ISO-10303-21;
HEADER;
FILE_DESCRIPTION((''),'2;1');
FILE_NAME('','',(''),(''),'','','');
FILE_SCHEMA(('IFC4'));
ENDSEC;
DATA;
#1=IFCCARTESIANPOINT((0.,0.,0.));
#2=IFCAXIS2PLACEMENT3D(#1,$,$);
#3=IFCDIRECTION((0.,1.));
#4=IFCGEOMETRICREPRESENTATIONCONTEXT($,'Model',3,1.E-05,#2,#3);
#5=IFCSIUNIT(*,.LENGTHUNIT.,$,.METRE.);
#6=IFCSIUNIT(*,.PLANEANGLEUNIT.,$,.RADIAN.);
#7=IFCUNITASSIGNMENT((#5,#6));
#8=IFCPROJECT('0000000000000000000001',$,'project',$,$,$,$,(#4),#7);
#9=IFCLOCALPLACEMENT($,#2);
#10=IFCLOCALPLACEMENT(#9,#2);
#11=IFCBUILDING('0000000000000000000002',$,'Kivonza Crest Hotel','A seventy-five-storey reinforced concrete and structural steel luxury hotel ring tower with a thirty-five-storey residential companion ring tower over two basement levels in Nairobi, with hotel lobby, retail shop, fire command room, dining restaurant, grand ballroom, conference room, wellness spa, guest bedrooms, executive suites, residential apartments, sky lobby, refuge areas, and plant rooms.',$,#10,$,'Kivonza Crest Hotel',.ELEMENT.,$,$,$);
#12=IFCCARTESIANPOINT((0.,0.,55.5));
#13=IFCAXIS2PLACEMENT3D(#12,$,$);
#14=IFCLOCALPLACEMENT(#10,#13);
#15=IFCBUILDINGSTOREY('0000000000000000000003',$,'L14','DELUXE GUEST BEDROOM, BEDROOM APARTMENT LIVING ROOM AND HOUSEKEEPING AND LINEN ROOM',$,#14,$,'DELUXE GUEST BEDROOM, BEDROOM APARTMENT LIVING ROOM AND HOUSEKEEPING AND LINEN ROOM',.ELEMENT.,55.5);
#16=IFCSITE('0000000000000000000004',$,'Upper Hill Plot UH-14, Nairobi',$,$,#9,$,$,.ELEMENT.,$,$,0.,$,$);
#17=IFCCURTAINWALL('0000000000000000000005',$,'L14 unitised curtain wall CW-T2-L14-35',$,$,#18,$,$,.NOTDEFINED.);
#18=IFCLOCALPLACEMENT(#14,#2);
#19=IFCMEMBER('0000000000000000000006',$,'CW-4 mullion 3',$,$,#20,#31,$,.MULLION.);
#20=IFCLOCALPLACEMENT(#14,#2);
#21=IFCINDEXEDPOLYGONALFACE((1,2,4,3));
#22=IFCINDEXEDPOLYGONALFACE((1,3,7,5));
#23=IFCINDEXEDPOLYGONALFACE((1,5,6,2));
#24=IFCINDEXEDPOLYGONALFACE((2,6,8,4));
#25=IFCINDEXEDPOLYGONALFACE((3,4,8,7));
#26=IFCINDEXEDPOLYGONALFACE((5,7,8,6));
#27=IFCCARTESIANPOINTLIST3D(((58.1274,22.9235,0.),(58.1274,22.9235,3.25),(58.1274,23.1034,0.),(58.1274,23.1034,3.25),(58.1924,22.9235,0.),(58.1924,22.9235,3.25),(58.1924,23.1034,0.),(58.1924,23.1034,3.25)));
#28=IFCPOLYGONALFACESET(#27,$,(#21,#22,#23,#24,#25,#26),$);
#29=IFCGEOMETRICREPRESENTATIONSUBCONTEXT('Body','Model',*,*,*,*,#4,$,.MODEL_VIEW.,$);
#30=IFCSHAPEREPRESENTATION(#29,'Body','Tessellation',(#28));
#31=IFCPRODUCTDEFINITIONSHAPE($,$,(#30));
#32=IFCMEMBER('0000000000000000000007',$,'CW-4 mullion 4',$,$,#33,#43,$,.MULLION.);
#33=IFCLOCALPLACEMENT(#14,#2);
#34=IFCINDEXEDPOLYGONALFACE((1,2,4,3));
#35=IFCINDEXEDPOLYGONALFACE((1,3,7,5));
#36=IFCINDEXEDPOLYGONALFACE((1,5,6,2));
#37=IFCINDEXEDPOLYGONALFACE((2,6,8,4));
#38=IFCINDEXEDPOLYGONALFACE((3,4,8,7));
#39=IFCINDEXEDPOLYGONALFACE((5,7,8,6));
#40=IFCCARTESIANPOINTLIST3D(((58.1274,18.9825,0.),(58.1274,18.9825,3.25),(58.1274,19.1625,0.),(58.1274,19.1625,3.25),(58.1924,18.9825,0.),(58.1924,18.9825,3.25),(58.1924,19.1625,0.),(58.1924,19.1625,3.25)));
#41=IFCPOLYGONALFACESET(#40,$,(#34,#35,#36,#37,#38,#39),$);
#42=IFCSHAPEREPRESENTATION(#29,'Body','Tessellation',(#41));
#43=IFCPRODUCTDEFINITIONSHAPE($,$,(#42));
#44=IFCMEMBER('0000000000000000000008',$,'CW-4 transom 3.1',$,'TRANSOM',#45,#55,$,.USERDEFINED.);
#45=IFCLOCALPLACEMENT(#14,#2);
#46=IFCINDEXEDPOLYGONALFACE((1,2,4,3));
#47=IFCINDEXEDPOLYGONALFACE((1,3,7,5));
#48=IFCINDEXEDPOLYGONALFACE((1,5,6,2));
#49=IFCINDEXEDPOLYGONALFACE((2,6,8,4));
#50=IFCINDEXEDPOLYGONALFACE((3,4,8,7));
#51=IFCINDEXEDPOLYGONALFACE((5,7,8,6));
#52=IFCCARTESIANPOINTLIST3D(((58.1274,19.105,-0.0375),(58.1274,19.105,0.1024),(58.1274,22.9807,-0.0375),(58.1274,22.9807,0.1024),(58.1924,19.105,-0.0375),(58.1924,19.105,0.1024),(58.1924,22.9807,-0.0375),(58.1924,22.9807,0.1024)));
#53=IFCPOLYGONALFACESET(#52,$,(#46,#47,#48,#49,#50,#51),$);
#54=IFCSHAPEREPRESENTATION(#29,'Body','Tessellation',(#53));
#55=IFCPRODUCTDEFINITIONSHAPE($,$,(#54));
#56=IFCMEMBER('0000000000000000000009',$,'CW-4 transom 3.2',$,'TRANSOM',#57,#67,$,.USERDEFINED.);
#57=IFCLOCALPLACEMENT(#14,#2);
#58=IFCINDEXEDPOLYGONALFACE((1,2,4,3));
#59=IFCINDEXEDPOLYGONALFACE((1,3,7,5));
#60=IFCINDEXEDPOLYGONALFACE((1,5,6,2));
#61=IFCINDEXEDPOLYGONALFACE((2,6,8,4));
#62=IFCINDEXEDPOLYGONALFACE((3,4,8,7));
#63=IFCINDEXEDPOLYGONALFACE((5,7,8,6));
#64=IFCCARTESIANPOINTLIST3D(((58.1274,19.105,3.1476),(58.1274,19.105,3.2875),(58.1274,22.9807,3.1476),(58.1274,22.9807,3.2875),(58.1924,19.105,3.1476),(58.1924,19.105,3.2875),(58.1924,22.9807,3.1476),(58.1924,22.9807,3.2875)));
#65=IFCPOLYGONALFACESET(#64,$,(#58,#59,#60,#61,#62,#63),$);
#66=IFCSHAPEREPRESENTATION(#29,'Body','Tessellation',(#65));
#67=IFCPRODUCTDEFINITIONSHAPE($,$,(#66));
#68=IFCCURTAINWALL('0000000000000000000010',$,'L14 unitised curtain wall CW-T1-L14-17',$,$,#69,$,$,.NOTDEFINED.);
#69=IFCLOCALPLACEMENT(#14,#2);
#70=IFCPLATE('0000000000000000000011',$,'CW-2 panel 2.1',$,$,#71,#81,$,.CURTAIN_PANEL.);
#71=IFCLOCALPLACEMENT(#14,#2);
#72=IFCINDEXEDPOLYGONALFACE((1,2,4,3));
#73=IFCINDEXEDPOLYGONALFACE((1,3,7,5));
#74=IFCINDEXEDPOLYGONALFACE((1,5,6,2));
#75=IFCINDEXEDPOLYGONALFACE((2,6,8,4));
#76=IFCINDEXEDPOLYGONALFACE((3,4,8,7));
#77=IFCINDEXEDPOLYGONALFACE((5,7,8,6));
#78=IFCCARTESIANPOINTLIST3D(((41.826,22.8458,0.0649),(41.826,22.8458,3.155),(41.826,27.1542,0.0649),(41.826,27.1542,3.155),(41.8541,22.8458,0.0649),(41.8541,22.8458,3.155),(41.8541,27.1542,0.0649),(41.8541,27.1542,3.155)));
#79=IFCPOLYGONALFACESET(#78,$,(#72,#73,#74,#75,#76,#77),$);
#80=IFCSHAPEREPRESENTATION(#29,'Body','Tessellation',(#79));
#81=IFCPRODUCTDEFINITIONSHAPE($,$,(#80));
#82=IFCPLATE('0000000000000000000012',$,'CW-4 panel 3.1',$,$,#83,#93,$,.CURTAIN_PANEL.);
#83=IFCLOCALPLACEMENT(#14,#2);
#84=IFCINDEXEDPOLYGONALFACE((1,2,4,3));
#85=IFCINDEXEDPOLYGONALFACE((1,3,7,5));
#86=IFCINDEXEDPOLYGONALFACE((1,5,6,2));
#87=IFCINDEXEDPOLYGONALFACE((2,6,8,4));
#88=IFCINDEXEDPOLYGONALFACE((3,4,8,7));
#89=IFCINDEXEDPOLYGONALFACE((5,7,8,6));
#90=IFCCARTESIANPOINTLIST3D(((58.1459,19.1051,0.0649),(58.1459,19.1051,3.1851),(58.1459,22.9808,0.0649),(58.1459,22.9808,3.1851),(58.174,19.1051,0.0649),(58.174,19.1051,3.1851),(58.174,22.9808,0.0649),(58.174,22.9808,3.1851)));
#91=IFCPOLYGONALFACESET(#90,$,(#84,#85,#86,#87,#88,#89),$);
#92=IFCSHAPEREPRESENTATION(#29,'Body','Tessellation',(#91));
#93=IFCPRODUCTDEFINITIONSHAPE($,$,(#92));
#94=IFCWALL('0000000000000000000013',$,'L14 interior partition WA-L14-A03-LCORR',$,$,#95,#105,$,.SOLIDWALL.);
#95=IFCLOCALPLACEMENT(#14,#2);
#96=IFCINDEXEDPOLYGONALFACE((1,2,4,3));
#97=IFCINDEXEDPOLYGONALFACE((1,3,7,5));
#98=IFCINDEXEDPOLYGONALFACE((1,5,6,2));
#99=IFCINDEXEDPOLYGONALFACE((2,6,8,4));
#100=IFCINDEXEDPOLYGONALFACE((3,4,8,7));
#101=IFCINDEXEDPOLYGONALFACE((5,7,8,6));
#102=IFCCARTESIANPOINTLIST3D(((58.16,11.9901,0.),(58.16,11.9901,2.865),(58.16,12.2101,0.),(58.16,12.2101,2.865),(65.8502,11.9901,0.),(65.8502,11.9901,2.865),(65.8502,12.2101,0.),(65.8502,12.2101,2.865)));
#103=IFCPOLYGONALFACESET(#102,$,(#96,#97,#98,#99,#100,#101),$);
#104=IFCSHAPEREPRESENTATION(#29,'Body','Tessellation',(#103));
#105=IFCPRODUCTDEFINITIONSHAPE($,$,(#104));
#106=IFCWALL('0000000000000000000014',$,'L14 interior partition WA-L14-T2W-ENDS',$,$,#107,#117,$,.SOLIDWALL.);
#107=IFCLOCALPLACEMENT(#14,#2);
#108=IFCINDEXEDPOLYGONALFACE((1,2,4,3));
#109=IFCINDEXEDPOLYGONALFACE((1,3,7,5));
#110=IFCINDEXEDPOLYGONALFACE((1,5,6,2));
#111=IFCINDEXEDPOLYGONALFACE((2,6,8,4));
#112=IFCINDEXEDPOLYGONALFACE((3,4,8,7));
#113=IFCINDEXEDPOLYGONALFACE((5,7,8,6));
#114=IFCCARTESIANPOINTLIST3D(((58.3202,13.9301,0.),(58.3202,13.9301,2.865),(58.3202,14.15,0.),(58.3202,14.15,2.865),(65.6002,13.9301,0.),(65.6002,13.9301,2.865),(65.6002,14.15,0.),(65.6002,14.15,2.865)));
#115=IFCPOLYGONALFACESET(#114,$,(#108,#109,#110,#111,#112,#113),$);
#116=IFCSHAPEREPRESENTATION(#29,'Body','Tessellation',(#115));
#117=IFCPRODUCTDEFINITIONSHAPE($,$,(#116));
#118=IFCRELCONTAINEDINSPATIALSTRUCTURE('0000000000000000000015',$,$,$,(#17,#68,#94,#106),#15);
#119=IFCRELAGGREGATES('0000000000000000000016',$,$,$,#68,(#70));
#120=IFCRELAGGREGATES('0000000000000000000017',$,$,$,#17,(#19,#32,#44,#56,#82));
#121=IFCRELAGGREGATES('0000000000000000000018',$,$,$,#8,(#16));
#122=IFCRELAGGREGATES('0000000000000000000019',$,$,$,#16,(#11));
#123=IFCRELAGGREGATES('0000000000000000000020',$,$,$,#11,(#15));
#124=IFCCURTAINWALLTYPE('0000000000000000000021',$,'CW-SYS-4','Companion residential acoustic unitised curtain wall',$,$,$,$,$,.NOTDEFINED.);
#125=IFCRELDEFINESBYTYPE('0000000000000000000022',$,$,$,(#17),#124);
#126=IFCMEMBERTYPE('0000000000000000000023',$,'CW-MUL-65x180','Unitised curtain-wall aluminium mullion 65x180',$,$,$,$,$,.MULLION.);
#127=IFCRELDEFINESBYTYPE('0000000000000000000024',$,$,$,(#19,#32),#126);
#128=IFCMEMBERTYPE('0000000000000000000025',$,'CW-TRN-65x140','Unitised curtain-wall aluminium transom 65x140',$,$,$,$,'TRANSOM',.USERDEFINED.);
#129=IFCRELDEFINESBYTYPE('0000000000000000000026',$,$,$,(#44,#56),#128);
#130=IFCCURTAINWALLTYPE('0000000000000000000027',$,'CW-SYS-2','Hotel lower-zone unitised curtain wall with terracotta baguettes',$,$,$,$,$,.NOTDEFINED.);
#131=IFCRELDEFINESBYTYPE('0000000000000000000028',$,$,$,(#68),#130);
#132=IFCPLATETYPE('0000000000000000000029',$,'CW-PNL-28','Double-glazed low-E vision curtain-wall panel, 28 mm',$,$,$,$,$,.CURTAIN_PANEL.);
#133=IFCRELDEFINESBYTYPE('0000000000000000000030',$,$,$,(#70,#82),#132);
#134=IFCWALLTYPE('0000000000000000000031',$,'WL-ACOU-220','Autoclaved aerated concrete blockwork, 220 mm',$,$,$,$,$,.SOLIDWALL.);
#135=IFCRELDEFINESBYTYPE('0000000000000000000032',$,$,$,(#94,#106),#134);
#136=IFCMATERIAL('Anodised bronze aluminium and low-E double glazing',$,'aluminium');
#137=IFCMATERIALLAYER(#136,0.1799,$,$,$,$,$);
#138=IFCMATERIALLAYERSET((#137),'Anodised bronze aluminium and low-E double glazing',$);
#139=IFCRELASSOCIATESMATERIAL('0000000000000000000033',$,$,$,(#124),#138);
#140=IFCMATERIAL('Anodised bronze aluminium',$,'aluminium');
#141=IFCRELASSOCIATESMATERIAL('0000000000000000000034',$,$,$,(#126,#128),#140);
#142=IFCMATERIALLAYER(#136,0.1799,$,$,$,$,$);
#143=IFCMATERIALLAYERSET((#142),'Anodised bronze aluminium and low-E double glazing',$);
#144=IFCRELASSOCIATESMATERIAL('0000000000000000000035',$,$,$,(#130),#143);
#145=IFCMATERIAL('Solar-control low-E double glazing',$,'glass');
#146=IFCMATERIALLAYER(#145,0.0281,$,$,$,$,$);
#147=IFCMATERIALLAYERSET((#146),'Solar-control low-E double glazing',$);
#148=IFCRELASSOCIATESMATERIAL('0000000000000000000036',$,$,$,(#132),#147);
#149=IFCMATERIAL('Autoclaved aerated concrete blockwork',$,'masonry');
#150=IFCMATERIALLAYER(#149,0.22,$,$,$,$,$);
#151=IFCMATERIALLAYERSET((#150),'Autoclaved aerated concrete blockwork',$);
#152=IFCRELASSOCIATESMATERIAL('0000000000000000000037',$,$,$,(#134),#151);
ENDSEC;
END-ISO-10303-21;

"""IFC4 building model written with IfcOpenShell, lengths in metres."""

from ifc_helpers import new_model, si_unit, direction, frame, frame_2d, origin, origin_2d, place, context, subcontext, project, spatial, rectangle, extrude, material, layer, layer_set, material_profile, profile_set, type_object, element, aggregate, save


model = new_model("IFC4")

# Units and contexts
model_context = context("Model", 3, precision=1e-05, world=origin(), true_north=direction((0.0, 1.0)))
body_context = subcontext(model_context, "Body", "Model", "MODEL_VIEW")
ifc_project = project(units=[si_unit("LENGTHUNIT", "METRE"), si_unit("PLANEANGLEUNIT", "RADIAN")], contexts=[model_context])

# Site, building, storey
site_placement = place(None, origin())
site = spatial("IfcSite", under=ifc_project, at=site_placement, Name="Upper Hill Plot UH-14, Nairobi", CompositionType="ELEMENT", RefElevation=0.0)
building_placement = place(site_placement, origin())
building = spatial("IfcBuilding", under=site, at=building_placement, Name="Kivonza Crest Hotel", Description="A seventy-five-storey reinforced concrete and structural steel luxury hotel ring tower with a thirty-five-storey residential companion ring tower over two basement levels in Nairobi, with hotel lobby, retail shop, fire command room, dining restaurant, grand ballroom, conference room, wellness spa, guest bedrooms, executive suites, residential apartments, sky lobby, refuge areas, and plant rooms.", LongName="Kivonza Crest Hotel", CompositionType="ELEMENT")
storey_placement = place(building_placement, frame((0.0, 0.0, 55.5)))
storey = spatial("IfcBuildingStorey", under=building, at=storey_placement, Name="L14", Description="DELUXE GUEST BEDROOM, BEDROOM APARTMENT LIVING ROOM AND HOUSEKEEPING AND LINEN ROOM", LongName="DELUXE GUEST BEDROOM, BEDROOM APARTMENT LIVING ROOM AND HOUSEKEEPING AND LINEN ROOM", CompositionType="ELEMENT", Elevation=55.5)

# Curtain wall, members
ifc_material_1 = material(Name="Anodised bronze aluminium and low-E double glazing", Category="aluminium")
ifc_layer_1 = layer(ifc_material_1, 0.1799)
ifc_layer_set_1 = layer_set([ifc_layer_1], Name="Anodised bronze aluminium and low-E double glazing")
curtain_wall_type_1 = type_object("IfcCurtainWallType", Name="CW-SYS-4", Description="Companion residential acoustic unitised curtain wall", PredefinedType="NOTDEFINED", material=ifc_layer_set_1)
curtain_wall_1_placement = place(storey_placement, origin())
curtain_wall_1 = element("IfcCurtainWall", 1, at=curtain_wall_1_placement, inside=storey, type_object=curtain_wall_type_1, Name="L14 unitised curtain wall CW-T2-L14-35", PredefinedType="NOTDEFINED")
ifc_material_2 = material(Name="Anodised bronze aluminium", Category="aluminium")
ifc_material_profile_1 = material_profile(ifc_material_2, rectangle(XDim=0.0649, YDim=0.1799, at=origin_2d()), Name="CW-M 65x180")
ifc_profile_set_1 = profile_set([ifc_material_profile_1], Name="Anodised bronze aluminium")
member_type_1 = type_object("IfcMemberType", Name="CW-MUL-65x180", Description="Unitised curtain-wall aluminium mullion 65x180", PredefinedType="MULLION", material=ifc_profile_set_1)
member_1_placement = place(storey_placement, frame((58.1599, 23.0134, 0.0), z_axis=(0.0, 0.0, 1.0), x_axis=(1.0, 0.0, 0.0)))
member_1 = element("IfcMember", 2, at=member_1_placement, type_object=member_type_1, Name="CW-4 mullion 3", PredefinedType="MULLION", context=body_context, shape_type="SweptSolid", body=[
    extrude(rectangle(XDim=0.0649, YDim=0.1799, at=origin_2d()), origin(), (0.0, 0.0, 1.0), 3.25),
])
member_2_placement = place(storey_placement, frame((58.1599, 19.0725, 0.0), z_axis=(0.0, 0.0, 1.0), x_axis=(1.0, 0.0, 0.0)))
member_2 = element("IfcMember", 3, at=member_2_placement, type_object=member_type_1, Name="CW-4 mullion 4", PredefinedType="MULLION", context=body_context, shape_type="SweptSolid", body=[
    extrude(rectangle(XDim=0.0649, YDim=0.1799, at=origin_2d()), origin(), (0.0, 0.0, 1.0), 3.25),
])
ifc_material_profile_2 = material_profile(ifc_material_2, rectangle(XDim=0.0649, YDim=0.1399, at=origin_2d()), Name="CW-T 65x140")
ifc_profile_set_2 = profile_set([ifc_material_profile_2], Name="Anodised bronze aluminium")
member_type_2 = type_object("IfcMemberType", Name="CW-TRN-65x140", Description="Unitised curtain-wall aluminium transom 65x140", ElementType="TRANSOM", PredefinedType="USERDEFINED", material=ifc_profile_set_2)
member_3_placement = place(storey_placement, frame((58.1599, 22.9807, 0.0325), z_axis=(0.0, -1.0, 0.0), x_axis=(1.0, 0.0, 0.0)))
member_3 = element("IfcMember", 4, at=member_3_placement, type_object=member_type_2, Name="CW-4 transom 3.1", ObjectType="TRANSOM", PredefinedType="USERDEFINED", context=body_context, shape_type="SweptSolid", body=[
    extrude(rectangle(XDim=0.0649, YDim=0.1399, at=origin_2d()), origin(), (0.0, 0.0, 1.0), 3.8757),
])
member_4_placement = place(storey_placement, frame((58.1599, 22.9807, 3.2175), z_axis=(0.0, -1.0, 0.0), x_axis=(1.0, 0.0, 0.0)))
member_4 = element("IfcMember", 5, at=member_4_placement, type_object=member_type_2, Name="CW-4 transom 3.2", ObjectType="TRANSOM", PredefinedType="USERDEFINED", context=body_context, shape_type="SweptSolid", body=[
    extrude(rectangle(XDim=0.0649, YDim=0.1399, at=origin_2d()), origin(), (0.0, 0.0, 1.0), 3.8757),
])

# Curtain wall, plate
ifc_layer_2 = layer(ifc_material_1, 0.1799)
ifc_layer_set_2 = layer_set([ifc_layer_2], Name="Anodised bronze aluminium and low-E double glazing")
curtain_wall_type_2 = type_object("IfcCurtainWallType", Name="CW-SYS-2", Description="Hotel lower-zone unitised curtain wall with terracotta baguettes", PredefinedType="NOTDEFINED", material=ifc_layer_set_2)
curtain_wall_2_placement = place(storey_placement, origin())
curtain_wall_2 = element("IfcCurtainWall", 6, at=curtain_wall_2_placement, inside=storey, type_object=curtain_wall_type_2, Name="L14 unitised curtain wall CW-T1-L14-17", PredefinedType="NOTDEFINED")
ifc_material_3 = material(Name="Solar-control low-E double glazing", Category="glass")
ifc_layer_3 = layer(ifc_material_3, 0.0281)
ifc_layer_set_3 = layer_set([ifc_layer_3], Name="Solar-control low-E double glazing")
plate_type = type_object("IfcPlateType", Name="CW-PNL-28", Description="Double-glazed low-E vision curtain-wall panel, 28 mm", PredefinedType="CURTAIN_PANEL", material=ifc_layer_set_3)
plate_1_placement = place(storey_placement, frame((41.8401, 25.0, 0.0649), z_axis=(0.0, 0.0, 1.0), x_axis=(0.0, 1.0, 0.0)))
plate_1 = element("IfcPlate", 7, at=plate_1_placement, type_object=plate_type, Name="CW-2 panel 2.1", PredefinedType="CURTAIN_PANEL", context=body_context, shape_type="SweptSolid", body=[
    extrude(rectangle(XDim=4.3083, YDim=0.0281, at=origin_2d()), origin(), (0.0, 0.0, 1.0), 3.0901),
])
aggregate(curtain_wall_2, [plate_1])

# Plate
plate_2_placement = place(storey_placement, frame((58.1599, 21.043, 0.0649), z_axis=(0.0, 0.0, 1.0), x_axis=(0.0, -1.0, 0.0)))
plate_2 = element("IfcPlate", 8, at=plate_2_placement, type_object=plate_type, Name="CW-4 panel 3.1", PredefinedType="CURTAIN_PANEL", context=body_context, shape_type="SweptSolid", body=[
    extrude(rectangle(XDim=3.8757, YDim=0.0281, at=origin_2d()), origin(), (0.0, 0.0, 1.0), 3.1201),
])
aggregate(curtain_wall_1, [member_1, member_2, member_3, member_4, plate_2])

# Walls
ifc_material_4 = material(Name="Autoclaved aerated concrete blockwork", Category="masonry")
ifc_layer_4 = layer(ifc_material_4, 0.22)
ifc_layer_set_4 = layer_set([ifc_layer_4], Name="Autoclaved aerated concrete blockwork")
wall_type_1 = type_object("IfcWallType", Name="WL-ACOU-220", Description="Autoclaved aerated concrete blockwork, 220 mm", PredefinedType="SOLIDWALL", material=ifc_layer_set_4)
wall_1_placement = place(storey_placement, frame((58.1599, 12.1001, 0.0), z_axis=(0.0, 0.0, 1.0), x_axis=(1.0, 0.0, 0.0)))
element("IfcWall", 9, at=wall_1_placement, inside=storey, type_object=wall_type_1, Name="L14 interior partition WA-L14-A03-LCORR", PredefinedType="SOLIDWALL", context=body_context, shape_type="SweptSolid", body=[
    extrude(rectangle(XDim=7.6902, YDim=0.22, at=frame_2d((3.8452, 0.0))), origin(), (0.0, 0.0, 1.0), 2.865),
])
wall_2_placement = place(storey_placement, frame((58.3201, 14.04, 0.0), z_axis=(0.0, 0.0, 1.0), x_axis=(1.0, 0.0, 0.0)))
element("IfcWall", 10, at=wall_2_placement, inside=storey, type_object=wall_type_1, Name="L14 interior partition WA-L14-T2W-ENDS", PredefinedType="SOLIDWALL", context=body_context, shape_type="SweptSolid", body=[
    extrude(rectangle(XDim=7.28, YDim=0.22, at=frame_2d((3.6401, 0.0))), origin(), (0.0, 0.0, 1.0), 2.865),
])

save(model, "model.ifc")
